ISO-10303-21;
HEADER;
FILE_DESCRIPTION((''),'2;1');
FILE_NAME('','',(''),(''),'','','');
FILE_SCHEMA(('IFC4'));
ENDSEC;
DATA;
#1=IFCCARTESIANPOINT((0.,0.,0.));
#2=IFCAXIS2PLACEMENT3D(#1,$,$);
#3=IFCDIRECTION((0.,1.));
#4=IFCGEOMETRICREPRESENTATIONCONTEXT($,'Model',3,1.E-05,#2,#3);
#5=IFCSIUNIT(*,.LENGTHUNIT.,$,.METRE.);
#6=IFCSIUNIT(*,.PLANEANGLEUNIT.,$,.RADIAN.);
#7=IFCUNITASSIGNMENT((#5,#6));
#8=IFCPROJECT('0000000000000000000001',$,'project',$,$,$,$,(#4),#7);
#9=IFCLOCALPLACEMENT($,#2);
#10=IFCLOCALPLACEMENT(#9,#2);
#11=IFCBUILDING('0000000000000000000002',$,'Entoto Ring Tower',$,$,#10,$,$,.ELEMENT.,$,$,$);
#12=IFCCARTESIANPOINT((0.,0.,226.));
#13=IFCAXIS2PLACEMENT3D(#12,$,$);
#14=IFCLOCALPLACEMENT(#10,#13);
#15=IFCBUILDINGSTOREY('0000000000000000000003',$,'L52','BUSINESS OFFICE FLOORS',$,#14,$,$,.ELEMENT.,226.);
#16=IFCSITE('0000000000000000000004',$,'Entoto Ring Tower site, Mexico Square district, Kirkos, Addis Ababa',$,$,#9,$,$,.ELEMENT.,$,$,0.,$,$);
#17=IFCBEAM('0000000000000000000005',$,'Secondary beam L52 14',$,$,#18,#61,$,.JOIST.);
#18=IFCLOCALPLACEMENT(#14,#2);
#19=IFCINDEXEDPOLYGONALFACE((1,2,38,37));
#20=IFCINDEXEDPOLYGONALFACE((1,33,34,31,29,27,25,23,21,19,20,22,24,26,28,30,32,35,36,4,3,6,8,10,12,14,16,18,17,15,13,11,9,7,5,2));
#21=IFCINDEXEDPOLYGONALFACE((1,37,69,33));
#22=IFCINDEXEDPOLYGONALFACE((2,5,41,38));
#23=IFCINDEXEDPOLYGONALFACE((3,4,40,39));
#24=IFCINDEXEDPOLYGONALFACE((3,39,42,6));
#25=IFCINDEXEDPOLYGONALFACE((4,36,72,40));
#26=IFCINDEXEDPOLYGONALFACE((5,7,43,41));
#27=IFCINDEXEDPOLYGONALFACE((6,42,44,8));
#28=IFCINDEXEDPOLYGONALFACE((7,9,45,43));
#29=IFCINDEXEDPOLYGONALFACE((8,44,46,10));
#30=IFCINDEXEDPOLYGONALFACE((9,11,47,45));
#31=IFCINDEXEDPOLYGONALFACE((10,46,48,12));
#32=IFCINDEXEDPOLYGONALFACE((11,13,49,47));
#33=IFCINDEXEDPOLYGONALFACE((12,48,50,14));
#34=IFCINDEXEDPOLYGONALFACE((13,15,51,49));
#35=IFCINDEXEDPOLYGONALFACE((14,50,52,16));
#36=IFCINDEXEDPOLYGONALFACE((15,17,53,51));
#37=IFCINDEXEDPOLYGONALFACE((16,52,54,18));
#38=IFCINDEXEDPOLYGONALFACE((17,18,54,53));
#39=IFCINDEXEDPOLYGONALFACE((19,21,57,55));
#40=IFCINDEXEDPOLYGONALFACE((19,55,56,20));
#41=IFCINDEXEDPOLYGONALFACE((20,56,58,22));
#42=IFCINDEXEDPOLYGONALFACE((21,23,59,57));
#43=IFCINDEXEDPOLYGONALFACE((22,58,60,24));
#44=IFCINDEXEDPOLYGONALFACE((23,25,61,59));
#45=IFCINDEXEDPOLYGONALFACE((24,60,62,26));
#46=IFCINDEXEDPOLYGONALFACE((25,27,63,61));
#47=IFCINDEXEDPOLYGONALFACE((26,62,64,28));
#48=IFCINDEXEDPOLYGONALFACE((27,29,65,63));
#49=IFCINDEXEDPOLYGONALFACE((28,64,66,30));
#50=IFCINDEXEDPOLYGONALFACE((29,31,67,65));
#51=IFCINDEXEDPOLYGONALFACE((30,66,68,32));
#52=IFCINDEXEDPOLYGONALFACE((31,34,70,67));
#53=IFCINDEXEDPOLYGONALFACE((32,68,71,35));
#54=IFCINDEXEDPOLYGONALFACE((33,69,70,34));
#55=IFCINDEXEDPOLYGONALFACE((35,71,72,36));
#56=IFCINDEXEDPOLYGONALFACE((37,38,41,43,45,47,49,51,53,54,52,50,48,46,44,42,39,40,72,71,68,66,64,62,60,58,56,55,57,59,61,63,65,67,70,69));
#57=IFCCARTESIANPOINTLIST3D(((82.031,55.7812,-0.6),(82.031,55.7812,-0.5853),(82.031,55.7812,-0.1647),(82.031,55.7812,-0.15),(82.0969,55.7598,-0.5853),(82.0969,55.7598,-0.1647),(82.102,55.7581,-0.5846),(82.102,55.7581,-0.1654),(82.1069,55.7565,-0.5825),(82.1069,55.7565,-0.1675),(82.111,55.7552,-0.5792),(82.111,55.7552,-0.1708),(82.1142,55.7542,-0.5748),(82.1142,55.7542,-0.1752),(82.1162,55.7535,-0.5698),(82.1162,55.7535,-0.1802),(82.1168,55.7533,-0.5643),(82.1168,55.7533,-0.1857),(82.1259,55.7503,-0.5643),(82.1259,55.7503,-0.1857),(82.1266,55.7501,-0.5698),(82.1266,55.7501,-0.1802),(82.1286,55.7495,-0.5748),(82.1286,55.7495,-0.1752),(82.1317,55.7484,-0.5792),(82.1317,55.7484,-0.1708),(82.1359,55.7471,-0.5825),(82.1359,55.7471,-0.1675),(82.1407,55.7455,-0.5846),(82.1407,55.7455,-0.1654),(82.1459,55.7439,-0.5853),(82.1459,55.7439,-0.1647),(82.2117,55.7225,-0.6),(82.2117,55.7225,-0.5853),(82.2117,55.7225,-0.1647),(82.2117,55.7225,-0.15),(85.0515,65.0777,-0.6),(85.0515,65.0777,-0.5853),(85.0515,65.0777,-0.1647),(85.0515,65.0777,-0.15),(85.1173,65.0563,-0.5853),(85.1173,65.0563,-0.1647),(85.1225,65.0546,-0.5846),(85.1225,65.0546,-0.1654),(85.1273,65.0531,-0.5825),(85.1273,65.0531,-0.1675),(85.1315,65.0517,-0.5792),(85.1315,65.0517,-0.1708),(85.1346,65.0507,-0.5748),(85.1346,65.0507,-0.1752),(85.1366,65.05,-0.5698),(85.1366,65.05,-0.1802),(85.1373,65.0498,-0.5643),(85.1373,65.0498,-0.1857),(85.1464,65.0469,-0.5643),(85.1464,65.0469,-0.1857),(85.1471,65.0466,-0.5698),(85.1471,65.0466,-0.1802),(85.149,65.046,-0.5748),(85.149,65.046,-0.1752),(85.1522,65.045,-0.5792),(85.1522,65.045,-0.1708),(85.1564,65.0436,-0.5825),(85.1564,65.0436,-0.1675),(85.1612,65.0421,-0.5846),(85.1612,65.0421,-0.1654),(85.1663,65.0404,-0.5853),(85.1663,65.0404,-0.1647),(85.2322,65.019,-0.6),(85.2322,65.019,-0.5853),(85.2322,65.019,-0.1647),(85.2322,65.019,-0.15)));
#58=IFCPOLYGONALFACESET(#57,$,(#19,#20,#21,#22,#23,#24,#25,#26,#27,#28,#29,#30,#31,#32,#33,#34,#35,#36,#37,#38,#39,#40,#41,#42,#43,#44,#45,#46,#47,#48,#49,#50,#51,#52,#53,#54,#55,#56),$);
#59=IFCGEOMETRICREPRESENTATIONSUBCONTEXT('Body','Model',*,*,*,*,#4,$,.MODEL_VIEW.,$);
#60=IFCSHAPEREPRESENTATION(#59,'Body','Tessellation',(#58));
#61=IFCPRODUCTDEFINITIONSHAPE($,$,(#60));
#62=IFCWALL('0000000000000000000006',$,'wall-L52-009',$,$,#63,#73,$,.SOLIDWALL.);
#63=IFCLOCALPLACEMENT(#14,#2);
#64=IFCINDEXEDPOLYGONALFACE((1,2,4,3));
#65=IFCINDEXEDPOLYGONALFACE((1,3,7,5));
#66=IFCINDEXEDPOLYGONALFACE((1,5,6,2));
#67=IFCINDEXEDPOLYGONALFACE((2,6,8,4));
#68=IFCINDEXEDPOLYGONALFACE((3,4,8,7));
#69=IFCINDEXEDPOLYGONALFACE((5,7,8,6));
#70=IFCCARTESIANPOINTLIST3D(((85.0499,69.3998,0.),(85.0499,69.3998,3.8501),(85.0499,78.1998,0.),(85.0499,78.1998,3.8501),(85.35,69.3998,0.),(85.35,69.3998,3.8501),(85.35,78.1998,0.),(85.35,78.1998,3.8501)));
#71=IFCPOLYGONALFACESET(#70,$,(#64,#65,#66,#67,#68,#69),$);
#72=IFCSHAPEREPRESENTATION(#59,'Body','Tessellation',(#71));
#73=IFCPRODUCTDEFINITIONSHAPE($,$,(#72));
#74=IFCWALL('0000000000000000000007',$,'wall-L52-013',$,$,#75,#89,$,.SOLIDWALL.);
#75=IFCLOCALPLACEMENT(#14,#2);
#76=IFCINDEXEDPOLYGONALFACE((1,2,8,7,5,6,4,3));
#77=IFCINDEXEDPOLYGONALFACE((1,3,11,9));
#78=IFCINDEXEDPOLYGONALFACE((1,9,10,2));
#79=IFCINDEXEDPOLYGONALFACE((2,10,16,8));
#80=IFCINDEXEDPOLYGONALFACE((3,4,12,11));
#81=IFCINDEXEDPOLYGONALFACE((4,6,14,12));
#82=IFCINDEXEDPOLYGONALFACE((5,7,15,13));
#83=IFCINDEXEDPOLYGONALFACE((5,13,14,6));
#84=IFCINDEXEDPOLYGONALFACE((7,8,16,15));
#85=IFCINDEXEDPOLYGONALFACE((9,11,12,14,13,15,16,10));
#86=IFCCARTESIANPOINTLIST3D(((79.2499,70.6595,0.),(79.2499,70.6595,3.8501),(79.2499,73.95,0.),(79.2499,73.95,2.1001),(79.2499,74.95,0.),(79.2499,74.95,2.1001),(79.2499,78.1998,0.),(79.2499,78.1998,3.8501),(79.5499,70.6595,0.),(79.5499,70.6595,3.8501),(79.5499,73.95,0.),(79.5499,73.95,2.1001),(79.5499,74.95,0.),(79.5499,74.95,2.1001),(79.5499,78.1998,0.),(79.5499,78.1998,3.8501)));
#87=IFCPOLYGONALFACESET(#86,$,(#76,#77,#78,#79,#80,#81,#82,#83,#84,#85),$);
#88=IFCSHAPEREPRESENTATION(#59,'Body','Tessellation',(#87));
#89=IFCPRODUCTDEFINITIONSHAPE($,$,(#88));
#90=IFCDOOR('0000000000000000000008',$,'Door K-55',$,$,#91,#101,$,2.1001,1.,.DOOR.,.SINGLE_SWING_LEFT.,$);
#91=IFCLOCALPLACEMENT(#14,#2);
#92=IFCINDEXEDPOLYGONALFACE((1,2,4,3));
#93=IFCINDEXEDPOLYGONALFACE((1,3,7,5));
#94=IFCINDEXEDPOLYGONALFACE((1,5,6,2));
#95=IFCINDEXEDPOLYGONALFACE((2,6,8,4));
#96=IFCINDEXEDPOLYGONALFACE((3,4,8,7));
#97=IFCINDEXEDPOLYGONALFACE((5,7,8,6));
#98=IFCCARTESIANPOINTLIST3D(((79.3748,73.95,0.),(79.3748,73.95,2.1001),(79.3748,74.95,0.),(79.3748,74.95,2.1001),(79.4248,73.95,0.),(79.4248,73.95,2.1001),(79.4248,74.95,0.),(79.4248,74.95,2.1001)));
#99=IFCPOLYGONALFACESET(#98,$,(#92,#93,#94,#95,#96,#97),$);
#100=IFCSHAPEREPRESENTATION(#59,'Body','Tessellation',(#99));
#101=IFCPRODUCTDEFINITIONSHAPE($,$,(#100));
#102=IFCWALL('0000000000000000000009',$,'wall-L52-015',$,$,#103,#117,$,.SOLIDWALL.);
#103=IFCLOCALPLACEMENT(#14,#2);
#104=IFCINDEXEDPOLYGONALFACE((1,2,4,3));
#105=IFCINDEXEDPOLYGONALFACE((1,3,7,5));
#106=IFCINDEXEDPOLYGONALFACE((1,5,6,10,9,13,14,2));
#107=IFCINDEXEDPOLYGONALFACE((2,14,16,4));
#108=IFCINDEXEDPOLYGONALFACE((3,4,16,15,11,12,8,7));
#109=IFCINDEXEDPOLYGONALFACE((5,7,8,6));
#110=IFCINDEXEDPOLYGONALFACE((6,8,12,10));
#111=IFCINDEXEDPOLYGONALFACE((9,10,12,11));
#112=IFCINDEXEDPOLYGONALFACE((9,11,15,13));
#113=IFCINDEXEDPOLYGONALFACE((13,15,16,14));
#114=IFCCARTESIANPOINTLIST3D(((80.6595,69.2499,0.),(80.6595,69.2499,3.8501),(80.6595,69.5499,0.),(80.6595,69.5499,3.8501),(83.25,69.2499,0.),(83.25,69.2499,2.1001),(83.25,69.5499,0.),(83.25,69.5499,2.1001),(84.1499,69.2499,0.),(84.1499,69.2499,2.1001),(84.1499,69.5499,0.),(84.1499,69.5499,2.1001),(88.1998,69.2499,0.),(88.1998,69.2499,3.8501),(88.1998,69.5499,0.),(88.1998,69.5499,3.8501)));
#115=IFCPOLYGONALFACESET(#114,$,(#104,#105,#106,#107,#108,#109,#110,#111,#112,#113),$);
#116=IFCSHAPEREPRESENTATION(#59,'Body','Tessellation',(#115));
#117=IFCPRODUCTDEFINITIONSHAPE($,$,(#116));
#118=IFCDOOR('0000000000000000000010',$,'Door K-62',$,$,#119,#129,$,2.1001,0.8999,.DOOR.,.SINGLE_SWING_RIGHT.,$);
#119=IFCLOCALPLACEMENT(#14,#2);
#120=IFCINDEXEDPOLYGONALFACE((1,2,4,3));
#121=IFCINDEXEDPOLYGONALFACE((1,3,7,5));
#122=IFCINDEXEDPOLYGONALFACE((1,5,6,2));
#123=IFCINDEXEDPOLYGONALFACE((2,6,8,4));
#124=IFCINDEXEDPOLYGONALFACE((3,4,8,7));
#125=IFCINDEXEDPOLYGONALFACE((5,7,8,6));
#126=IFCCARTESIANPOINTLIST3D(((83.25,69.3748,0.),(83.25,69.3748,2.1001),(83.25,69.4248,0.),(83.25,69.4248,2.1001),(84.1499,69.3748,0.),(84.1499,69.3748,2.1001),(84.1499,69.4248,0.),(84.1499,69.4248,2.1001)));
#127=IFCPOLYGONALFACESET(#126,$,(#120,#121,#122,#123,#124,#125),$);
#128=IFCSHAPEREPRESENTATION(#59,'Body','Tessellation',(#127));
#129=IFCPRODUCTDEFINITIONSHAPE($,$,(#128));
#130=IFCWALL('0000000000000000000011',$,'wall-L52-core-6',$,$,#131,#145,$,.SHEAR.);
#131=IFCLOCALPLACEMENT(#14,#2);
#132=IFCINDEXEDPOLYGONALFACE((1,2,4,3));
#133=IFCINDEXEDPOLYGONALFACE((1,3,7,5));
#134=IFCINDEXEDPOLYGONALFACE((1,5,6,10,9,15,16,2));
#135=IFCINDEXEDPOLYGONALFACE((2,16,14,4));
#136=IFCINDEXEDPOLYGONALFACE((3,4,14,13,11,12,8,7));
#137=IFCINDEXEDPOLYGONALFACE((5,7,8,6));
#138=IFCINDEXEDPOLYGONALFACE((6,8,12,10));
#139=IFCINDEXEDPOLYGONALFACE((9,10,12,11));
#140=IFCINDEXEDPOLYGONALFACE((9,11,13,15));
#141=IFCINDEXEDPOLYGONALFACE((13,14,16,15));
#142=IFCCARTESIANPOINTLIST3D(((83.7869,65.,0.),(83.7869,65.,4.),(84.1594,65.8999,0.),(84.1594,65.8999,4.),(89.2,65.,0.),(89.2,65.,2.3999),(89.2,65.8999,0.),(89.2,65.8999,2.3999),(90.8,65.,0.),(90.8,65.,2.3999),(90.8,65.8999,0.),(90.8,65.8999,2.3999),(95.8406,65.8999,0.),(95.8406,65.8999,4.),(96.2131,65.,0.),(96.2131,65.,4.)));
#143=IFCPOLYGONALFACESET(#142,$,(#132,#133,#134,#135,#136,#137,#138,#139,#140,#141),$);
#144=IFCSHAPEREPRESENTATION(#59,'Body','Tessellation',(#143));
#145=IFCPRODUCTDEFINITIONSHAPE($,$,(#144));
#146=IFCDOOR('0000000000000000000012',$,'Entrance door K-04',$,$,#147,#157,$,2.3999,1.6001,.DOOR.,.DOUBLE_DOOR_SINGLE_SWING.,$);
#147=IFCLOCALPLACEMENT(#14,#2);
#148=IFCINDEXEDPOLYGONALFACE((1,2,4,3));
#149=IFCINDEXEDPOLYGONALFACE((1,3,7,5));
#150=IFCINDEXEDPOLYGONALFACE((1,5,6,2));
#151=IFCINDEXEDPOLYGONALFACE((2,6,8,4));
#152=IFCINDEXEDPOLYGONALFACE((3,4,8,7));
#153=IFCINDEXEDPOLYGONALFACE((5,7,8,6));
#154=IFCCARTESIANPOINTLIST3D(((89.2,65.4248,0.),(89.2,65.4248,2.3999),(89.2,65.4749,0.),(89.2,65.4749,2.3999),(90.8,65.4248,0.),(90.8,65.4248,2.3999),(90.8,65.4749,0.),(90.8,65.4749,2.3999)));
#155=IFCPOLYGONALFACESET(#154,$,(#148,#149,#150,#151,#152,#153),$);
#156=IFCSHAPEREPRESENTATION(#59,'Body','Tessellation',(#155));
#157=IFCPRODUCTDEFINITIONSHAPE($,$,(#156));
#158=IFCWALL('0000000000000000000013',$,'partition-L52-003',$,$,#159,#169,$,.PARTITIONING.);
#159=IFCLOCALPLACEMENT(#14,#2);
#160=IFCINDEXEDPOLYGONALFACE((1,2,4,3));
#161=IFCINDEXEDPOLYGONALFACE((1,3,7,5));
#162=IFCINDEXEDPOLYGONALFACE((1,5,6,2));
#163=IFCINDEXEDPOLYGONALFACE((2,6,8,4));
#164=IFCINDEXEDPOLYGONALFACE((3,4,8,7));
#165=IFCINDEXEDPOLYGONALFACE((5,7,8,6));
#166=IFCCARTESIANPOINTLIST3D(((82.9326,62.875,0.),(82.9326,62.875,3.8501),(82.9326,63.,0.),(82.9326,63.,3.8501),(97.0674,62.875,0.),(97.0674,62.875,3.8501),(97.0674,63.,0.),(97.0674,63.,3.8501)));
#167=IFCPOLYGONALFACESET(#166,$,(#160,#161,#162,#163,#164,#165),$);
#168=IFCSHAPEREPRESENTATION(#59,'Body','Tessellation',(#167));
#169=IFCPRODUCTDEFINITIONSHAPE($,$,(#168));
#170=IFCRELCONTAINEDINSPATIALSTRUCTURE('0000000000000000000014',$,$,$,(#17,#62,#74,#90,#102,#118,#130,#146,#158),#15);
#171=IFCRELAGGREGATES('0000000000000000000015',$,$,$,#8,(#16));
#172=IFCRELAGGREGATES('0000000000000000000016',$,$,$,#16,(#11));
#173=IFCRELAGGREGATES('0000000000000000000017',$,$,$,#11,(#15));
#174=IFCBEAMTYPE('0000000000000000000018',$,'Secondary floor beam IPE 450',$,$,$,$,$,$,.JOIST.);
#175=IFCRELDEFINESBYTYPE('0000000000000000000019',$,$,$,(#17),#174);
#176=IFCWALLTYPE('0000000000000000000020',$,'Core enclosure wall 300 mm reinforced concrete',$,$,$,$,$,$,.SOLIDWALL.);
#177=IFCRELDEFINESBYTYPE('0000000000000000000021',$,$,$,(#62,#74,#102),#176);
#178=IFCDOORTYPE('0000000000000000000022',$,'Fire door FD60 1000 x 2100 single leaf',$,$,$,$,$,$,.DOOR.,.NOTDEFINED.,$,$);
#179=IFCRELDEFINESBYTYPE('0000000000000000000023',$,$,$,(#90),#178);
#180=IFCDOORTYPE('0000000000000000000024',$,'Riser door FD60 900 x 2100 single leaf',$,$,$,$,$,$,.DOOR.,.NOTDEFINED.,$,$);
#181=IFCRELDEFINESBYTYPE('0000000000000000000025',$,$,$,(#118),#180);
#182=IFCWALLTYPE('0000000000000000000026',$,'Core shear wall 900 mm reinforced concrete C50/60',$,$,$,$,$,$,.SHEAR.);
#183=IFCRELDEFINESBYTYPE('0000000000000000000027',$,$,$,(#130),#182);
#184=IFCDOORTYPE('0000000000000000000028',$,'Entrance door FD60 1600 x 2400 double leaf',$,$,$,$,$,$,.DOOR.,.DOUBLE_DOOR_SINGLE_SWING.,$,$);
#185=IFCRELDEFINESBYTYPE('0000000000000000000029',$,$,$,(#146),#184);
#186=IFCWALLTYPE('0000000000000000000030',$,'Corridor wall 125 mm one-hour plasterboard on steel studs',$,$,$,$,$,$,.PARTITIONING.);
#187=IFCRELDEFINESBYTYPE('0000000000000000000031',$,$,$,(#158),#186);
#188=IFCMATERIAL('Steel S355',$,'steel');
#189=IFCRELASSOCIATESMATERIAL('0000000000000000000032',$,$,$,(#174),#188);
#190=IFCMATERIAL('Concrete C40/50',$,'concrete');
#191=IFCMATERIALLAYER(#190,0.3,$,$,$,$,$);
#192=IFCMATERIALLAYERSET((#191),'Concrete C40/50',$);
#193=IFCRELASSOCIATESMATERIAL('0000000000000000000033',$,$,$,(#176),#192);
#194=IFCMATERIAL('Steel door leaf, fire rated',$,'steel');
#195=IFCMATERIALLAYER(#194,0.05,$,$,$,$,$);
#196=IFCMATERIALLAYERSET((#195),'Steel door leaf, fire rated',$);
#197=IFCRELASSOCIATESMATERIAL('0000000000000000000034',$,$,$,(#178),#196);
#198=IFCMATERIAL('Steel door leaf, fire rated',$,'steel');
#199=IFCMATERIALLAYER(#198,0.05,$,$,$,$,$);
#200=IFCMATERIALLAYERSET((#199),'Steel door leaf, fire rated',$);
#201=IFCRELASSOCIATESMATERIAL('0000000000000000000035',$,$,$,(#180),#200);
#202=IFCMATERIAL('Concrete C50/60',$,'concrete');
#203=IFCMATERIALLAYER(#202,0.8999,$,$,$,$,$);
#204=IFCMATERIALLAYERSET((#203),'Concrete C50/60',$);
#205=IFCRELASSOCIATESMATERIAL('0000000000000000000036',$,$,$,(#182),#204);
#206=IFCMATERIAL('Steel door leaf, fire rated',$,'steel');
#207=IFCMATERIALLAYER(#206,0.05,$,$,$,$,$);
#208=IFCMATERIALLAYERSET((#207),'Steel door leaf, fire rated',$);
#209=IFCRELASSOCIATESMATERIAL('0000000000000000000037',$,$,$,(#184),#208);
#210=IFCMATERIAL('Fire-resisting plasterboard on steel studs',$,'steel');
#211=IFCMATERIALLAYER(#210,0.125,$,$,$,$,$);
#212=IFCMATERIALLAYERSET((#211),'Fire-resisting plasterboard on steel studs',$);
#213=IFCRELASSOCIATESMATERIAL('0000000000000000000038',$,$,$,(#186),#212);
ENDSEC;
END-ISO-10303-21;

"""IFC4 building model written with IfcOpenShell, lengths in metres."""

from ifc_helpers import new_model, si_unit, direction, frame, frame_2d, origin, origin_2d, place, context, subcontext, project, spatial, polyline, rectangle, i_section, outline, extrude, material, layer, layer_set, material_profile, profile_set, type_object, element, fill, save


model = new_model("IFC4")

# Units and contexts
model_context = context("Model", 3, precision=1e-05, world=origin(), true_north=direction((0.0, 1.0)))
body_context = subcontext(model_context, "Body", "Model", "MODEL_VIEW")
ifc_project = project(units=[si_unit("LENGTHUNIT", "METRE"), si_unit("PLANEANGLEUNIT", "RADIAN")], contexts=[model_context])

# Site, building, storey
site_placement = place(None, origin())
site = spatial("IfcSite", under=ifc_project, at=site_placement, Name="Entoto Ring Tower site, Mexico Square district, Kirkos, Addis Ababa", CompositionType="ELEMENT", RefElevation=0.0)
building_placement = place(site_placement, origin())
building = spatial("IfcBuilding", under=site, at=building_placement, Name="Entoto Ring Tower", CompositionType="ELEMENT")
storey_placement = place(building_placement, frame((0.0, 0.0, 226.0)))
storey = spatial("IfcBuildingStorey", under=building, at=storey_placement, Name="L52", Description="BUSINESS OFFICE FLOORS", CompositionType="ELEMENT", Elevation=226.0)

# Beam
ifc_material_1 = material(Name="Steel S355", Category="steel")
ifc_material_profile_1 = material_profile(ifc_material_1, i_section(OverallWidth=0.1899, OverallDepth=0.45, WebThickness=0.0095, FlangeThickness=0.0146, FilletRadius=0.021, at=origin_2d()), Name="IPE 450")
ifc_profile_set_1 = profile_set([ifc_material_profile_1], Name="Steel S355")
beam_type_1 = type_object("IfcBeamType", Name="Secondary floor beam IPE 450", PredefinedType="JOIST", material=ifc_profile_set_1)
beam_1_placement = place(storey_placement, frame((85.1418, 65.0483, -0.375), z_axis=(-0.309003, -0.951061, 0.0), x_axis=(0.951061, -0.309003, 0.0)))
element("IfcBeam", 1, at=beam_1_placement, inside=storey, type_object=beam_type_1, Name="Secondary beam L52 14", PredefinedType="JOIST", context=body_context, shape_type="SweptSolid", body=[
    extrude(i_section(OverallWidth=0.1899, OverallDepth=0.45, WebThickness=0.0095, FlangeThickness=0.0146, FilletRadius=0.021, at=origin_2d()), origin(), (0.0, 0.0, 1.0), 9.7749),
])

# Wall
ifc_material_2 = material(Name="Concrete C40/50", Category="concrete")
ifc_layer_1 = layer(ifc_material_2, 0.3)
ifc_layer_set_1 = layer_set([ifc_layer_1], Name="Concrete C40/50")
wall_type_1 = type_object("IfcWallType", Name="Core enclosure wall 300 mm reinforced concrete", PredefinedType="SOLIDWALL", material=ifc_layer_set_1)
wall_1_placement = place(storey_placement, frame((85.2, 69.3999, 0.0), z_axis=(0.0, 0.0, 1.0), x_axis=(0.0, 1.0, 0.0)))
element("IfcWall", 2, at=wall_1_placement, inside=storey, type_object=wall_type_1, Name="wall-L52-009", PredefinedType="SOLIDWALL", context=body_context, shape_type="SweptSolid", body=[
    extrude(rectangle(XDim=8.8, YDim=0.3, at=frame_2d((4.3999, 0.0))), origin(), (0.0, 0.0, 1.0), 3.8501),
])

# Walls, openings, doors
wall_2_placement = place(storey_placement, frame((79.3999, 70.6597, 0.0), z_axis=(0.0, 0.0, 1.0), x_axis=(0.0, 1.0, 0.0)))
wall_2 = element("IfcWall", 3, at=wall_2_placement, inside=storey, type_object=wall_type_1, Name="wall-L52-013", PredefinedType="SOLIDWALL", context=body_context, shape_type="SweptSolid", body=[
    extrude(rectangle(XDim=7.5403, YDim=0.3, at=frame_2d((3.77, 0.0))), origin(), (0.0, 0.0, 1.0), 3.8501),
])
opening_1_placement = place(wall_2_placement, frame((3.2903, 0.0, 0.0)))
opening_1 = element("IfcOpeningElement", 4, at=opening_1_placement, cuts=wall_2, PredefinedType="OPENING", context=body_context, shape_type="SweptSolid", body=[
    extrude(rectangle(XDim=1.0, YDim=2.1001, at=frame_2d((0.5, 1.05))), frame((0.0, 0.1602, 0.0), z_axis=(0.0, -1.0, 0.0), x_axis=(1.0, 0.0, 0.0)), (0.0, 0.0, 1.0), 0.3201),
])
ifc_material_3 = material(Name="Steel door leaf, fire rated", Category="steel")
ifc_layer_2 = layer(ifc_material_3, 0.05)
ifc_layer_set_2 = layer_set([ifc_layer_2], Name="Steel door leaf, fire rated")
door_type_1 = type_object("IfcDoorType", Name="Fire door FD60 1000 x 2100 single leaf", OperationType="NOTDEFINED", PredefinedType="DOOR", material=ifc_layer_set_2)
door_1_placement = place(opening_1_placement, frame((1.0, 0.0, 0.0), z_axis=(0.0, 0.0, 1.0), x_axis=(-1.0, 0.0, 0.0)))
door_1 = element("IfcDoor", 5, at=door_1_placement, inside=storey, type_object=door_type_1, Name="Door K-55", OperationType="SINGLE_SWING_LEFT", OverallHeight=2.1001, OverallWidth=1.0, PredefinedType="DOOR", context=body_context, shape_type="SweptSolid", body=[
    extrude(rectangle(XDim=1.0, YDim=2.1001, at=frame_2d((0.5, 1.05))), frame((0.0, 0.0249, 0.0), z_axis=(0.0, -1.0, 0.0), x_axis=(1.0, 0.0, 0.0)), (0.0, 0.0, 1.0), 0.05),
])
fill(opening_1, door_1)
wall_3_placement = place(storey_placement, frame((80.6597, 69.3999, 0.0), z_axis=(0.0, 0.0, 1.0), x_axis=(1.0, 0.0, 0.0)))
wall_3 = element("IfcWall", 6, at=wall_3_placement, inside=storey, type_object=wall_type_1, Name="wall-L52-015", PredefinedType="SOLIDWALL", context=body_context, shape_type="SweptSolid", body=[
    extrude(rectangle(XDim=7.5403, YDim=0.3, at=frame_2d((3.77, 0.0))), origin(), (0.0, 0.0, 1.0), 3.8501),
])
opening_2_placement = place(wall_3_placement, frame((2.5903, 0.0, 0.0)))
opening_2 = element("IfcOpeningElement", 7, at=opening_2_placement, cuts=wall_3, PredefinedType="OPENING", context=body_context, shape_type="SweptSolid", body=[
    extrude(rectangle(XDim=0.8999, YDim=2.1001, at=frame_2d((0.45, 1.05))), frame((0.0, 0.1602, 0.0), z_axis=(0.0, -1.0, 0.0), x_axis=(1.0, 0.0, 0.0)), (0.0, 0.0, 1.0), 0.3201),
])
ifc_material_4 = material(Name="Steel door leaf, fire rated", Category="steel")
ifc_layer_3 = layer(ifc_material_4, 0.05)
ifc_layer_set_3 = layer_set([ifc_layer_3], Name="Steel door leaf, fire rated")
door_type_2 = type_object("IfcDoorType", Name="Riser door FD60 900 x 2100 single leaf", OperationType="NOTDEFINED", PredefinedType="DOOR", material=ifc_layer_set_3)
door_2_placement = place(opening_2_placement, origin())
door_2 = element("IfcDoor", 8, at=door_2_placement, inside=storey, type_object=door_type_2, Name="Door K-62", OperationType="SINGLE_SWING_RIGHT", OverallHeight=2.1001, OverallWidth=0.8999, PredefinedType="DOOR", context=body_context, shape_type="SweptSolid", body=[
    extrude(rectangle(XDim=0.8999, YDim=2.1001, at=frame_2d((0.45, 1.05))), frame((0.0, 0.0249, 0.0), z_axis=(0.0, -1.0, 0.0), x_axis=(1.0, 0.0, 0.0)), (0.0, 0.0, 1.0), 0.05),
])
fill(opening_2, door_2)
ifc_material_5 = material(Name="Concrete C50/60", Category="concrete")
ifc_layer_4 = layer(ifc_material_5, 0.8999)
ifc_layer_set_4 = layer_set([ifc_layer_4], Name="Concrete C50/60")
wall_type_2 = type_object("IfcWallType", Name="Core shear wall 900 mm reinforced concrete C50/60", PredefinedType="SHEAR", material=ifc_layer_set_4)
wall_4_placement = place(storey_placement, frame((83.9731, 65.45, 0.0), z_axis=(0.0, 0.0, 1.0), x_axis=(1.0, 0.0, 0.0)))
wall_4 = element("IfcWall", 9, at=wall_4_placement, inside=storey, type_object=wall_type_2, Name="wall-L52-core-6", PredefinedType="SHEAR", context=body_context, shape_type="SweptSolid", body=[
    extrude(outline(polyline([(-0.1863, -0.45), (12.24, -0.45), (11.8674, 0.45), (0.1863, 0.45), (-0.1863, -0.45)])), origin(), (0.0, 0.0, 1.0), 4.0),
])
opening_3_placement = place(wall_4_placement, frame((5.2268, 0.0, 0.0)))
opening_3 = element("IfcOpeningElement", 10, at=opening_3_placement, cuts=wall_4, PredefinedType="OPENING", context=body_context, shape_type="SweptSolid", body=[
    extrude(rectangle(XDim=1.6001, YDim=2.3999, at=frame_2d((0.8, 1.2))), frame((0.0, 0.46, 0.0), z_axis=(0.0, -1.0, 0.0), x_axis=(1.0, 0.0, 0.0)), (0.0, 0.0, 1.0), 0.9199),
])
ifc_material_6 = material(Name="Steel door leaf, fire rated", Category="steel")
ifc_layer_5 = layer(ifc_material_6, 0.05)
ifc_layer_set_5 = layer_set([ifc_layer_5], Name="Steel door leaf, fire rated")
door_type_3 = type_object("IfcDoorType", Name="Entrance door FD60 1600 x 2400 double leaf", OperationType="DOUBLE_DOOR_SINGLE_SWING", PredefinedType="DOOR", material=ifc_layer_set_5)
door_3_placement = place(opening_3_placement, origin())
door_3 = element("IfcDoor", 11, at=door_3_placement, inside=storey, type_object=door_type_3, Name="Entrance door K-04", OperationType="DOUBLE_DOOR_SINGLE_SWING", OverallHeight=2.3999, OverallWidth=1.6001, PredefinedType="DOOR", context=body_context, shape_type="SweptSolid", body=[
    extrude(rectangle(XDim=1.6001, YDim=2.3999, at=frame_2d((0.8, 1.2))), frame((0.0, 0.0249, 0.0), z_axis=(0.0, -1.0, 0.0), x_axis=(1.0, 0.0, 0.0)), (0.0, 0.0, 1.0), 0.05),
])
fill(opening_3, door_3)

# Wall
ifc_material_7 = material(Name="Fire-resisting plasterboard on steel studs", Category="steel")
ifc_layer_6 = layer(ifc_material_7, 0.125)
ifc_layer_set_6 = layer_set([ifc_layer_6], Name="Fire-resisting plasterboard on steel studs")
wall_type_3 = type_object("IfcWallType", Name="Corridor wall 125 mm one-hour plasterboard on steel studs", PredefinedType="PARTITIONING", material=ifc_layer_set_6)
wall_5_placement = place(storey_placement, frame((82.9326, 62.9375, 0.0), z_axis=(0.0, 0.0, 1.0), x_axis=(1.0, 0.0, 0.0)))
element("IfcWall", 12, at=wall_5_placement, inside=storey, type_object=wall_type_3, Name="partition-L52-003", PredefinedType="PARTITIONING", context=body_context, shape_type="SweptSolid", body=[
    extrude(rectangle(XDim=14.1348, YDim=0.125, at=frame_2d((7.0674, 0.0))), origin(), (0.0, 0.0, 1.0), 3.8501),
])

save(model, "model.ifc")
